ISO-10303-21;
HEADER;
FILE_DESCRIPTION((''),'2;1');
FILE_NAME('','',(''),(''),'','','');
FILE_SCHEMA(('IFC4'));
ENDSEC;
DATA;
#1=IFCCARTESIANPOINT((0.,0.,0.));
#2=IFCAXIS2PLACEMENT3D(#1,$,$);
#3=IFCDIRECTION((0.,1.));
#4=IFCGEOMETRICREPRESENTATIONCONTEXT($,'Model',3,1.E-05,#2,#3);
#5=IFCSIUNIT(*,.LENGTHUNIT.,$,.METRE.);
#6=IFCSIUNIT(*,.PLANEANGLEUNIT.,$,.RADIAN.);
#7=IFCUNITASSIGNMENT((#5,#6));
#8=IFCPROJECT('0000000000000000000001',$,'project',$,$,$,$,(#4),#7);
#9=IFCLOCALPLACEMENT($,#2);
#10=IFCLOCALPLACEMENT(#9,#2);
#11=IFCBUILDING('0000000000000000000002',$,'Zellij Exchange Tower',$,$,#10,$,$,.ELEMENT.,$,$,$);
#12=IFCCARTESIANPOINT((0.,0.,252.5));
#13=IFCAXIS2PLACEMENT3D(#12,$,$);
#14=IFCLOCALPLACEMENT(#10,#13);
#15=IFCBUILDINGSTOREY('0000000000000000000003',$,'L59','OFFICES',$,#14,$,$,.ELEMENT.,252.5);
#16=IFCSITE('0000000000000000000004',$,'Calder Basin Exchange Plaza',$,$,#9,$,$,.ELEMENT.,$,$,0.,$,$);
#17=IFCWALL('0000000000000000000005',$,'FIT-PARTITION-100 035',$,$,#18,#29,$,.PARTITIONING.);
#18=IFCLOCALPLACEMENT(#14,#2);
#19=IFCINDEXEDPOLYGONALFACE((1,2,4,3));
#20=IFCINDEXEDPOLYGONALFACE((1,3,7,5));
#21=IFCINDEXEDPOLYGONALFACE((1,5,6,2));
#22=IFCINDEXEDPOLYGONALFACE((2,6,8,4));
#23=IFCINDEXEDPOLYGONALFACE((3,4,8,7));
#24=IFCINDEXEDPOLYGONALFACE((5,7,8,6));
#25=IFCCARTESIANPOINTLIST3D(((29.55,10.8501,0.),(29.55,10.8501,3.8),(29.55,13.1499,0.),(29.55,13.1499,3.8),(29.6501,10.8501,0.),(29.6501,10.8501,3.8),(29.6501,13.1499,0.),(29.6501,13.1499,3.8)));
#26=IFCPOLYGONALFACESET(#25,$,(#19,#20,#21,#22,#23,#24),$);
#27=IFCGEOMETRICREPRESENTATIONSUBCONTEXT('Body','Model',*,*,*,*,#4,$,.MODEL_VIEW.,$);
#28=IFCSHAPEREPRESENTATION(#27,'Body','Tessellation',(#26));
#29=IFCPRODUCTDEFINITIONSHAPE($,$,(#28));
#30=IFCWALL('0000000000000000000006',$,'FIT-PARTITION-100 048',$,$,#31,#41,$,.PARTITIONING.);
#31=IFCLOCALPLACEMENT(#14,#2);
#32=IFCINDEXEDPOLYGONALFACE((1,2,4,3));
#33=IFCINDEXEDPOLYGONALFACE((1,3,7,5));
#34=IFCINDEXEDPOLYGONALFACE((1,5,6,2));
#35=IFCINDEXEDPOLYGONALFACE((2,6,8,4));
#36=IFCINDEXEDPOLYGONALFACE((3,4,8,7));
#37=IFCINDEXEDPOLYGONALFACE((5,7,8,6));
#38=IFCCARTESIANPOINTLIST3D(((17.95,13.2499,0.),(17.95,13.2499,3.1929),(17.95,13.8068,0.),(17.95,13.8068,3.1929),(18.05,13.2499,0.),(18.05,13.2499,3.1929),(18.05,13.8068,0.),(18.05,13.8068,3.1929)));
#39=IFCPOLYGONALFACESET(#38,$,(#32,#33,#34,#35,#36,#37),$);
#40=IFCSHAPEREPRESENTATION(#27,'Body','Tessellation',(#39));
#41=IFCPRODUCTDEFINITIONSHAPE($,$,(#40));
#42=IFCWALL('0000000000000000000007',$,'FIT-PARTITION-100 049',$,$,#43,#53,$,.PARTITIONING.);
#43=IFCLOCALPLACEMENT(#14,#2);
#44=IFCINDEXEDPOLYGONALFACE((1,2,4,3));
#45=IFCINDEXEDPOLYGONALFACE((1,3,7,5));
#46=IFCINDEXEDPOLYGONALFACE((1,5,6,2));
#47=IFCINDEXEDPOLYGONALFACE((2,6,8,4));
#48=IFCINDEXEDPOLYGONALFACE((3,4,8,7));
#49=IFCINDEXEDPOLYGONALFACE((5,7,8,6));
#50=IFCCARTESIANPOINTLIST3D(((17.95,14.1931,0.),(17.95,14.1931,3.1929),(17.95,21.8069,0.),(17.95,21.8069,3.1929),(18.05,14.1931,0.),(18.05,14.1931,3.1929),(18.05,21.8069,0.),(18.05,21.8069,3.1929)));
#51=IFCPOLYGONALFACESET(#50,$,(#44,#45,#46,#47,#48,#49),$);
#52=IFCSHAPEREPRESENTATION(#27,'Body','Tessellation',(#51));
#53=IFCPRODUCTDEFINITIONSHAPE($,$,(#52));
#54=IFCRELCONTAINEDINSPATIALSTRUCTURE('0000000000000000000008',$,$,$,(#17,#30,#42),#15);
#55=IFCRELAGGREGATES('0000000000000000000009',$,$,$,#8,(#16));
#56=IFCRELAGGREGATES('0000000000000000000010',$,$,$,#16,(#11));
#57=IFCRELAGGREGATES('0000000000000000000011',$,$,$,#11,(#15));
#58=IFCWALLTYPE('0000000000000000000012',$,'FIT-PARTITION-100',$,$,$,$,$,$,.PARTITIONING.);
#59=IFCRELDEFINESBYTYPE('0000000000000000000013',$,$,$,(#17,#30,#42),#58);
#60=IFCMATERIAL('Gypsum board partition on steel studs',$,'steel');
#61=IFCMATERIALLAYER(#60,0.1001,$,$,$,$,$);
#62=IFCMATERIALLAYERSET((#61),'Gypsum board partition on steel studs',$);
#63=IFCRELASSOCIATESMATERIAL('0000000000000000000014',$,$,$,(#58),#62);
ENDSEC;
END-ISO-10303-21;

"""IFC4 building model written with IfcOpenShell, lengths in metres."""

from ifc_helpers import new_model, si_unit, direction, frame, frame_2d, origin, place, context, subcontext, project, spatial, rectangle, extrude, material, layer, layer_set, type_object, element, save


model = new_model("IFC4")

# Units and contexts
model_context = context("Model", 3, precision=1e-05, world=origin(), true_north=direction((0.0, 1.0)))
body_context = subcontext(model_context, "Body", "Model", "MODEL_VIEW")
ifc_project = project(units=[si_unit("LENGTHUNIT", "METRE"), si_unit("PLANEANGLEUNIT", "RADIAN")], contexts=[model_context])

# Site, building, storey
site_placement = place(None, origin())
site = spatial("IfcSite", under=ifc_project, at=site_placement, Name="Calder Basin Exchange Plaza", CompositionType="ELEMENT", RefElevation=0.0)
building_placement = place(site_placement, origin())
building = spatial("IfcBuilding", under=site, at=building_placement, Name="Zellij Exchange Tower", CompositionType="ELEMENT")
storey_placement = place(building_placement, frame((0.0, 0.0, 252.5)))
storey = spatial("IfcBuildingStorey", under=building, at=storey_placement, Name="L59", Description="OFFICES", CompositionType="ELEMENT", Elevation=252.5)

# Walls
ifc_material_1 = material(Name="Gypsum board partition on steel studs", Category="steel")
ifc_layer = layer(ifc_material_1, 0.1001)
ifc_layer_set = layer_set([ifc_layer], Name="Gypsum board partition on steel studs")
wall_type = type_object("IfcWallType", Name="FIT-PARTITION-100", PredefinedType="PARTITIONING", material=ifc_layer_set)
wall_1_placement = place(storey_placement, frame((29.6001, 10.8501, 0.0), z_axis=(0.0, 0.0, 1.0), x_axis=(0.0, 1.0, 0.0)))
element("IfcWall", 1, at=wall_1_placement, inside=storey, type_object=wall_type, Name="FIT-PARTITION-100 035", PredefinedType="PARTITIONING", context=body_context, shape_type="SweptSolid", body=[
    extrude(rectangle(XDim=2.2998, YDim=0.1001, at=frame_2d((1.1499, 0.0))), origin(), (0.0, 0.0, 1.0), 3.8),
])
wall_2_placement = place(storey_placement, frame((18.0, 13.25, 0.0), z_axis=(0.0, 0.0, 1.0), x_axis=(0.0, 1.0, 0.0)))
element("IfcWall", 2, at=wall_2_placement, inside=storey, type_object=wall_type, Name="FIT-PARTITION-100 048", PredefinedType="PARTITIONING", context=body_context, shape_type="SweptSolid", body=[
    extrude(rectangle(XDim=0.5569, YDim=0.1001, at=frame_2d((0.2783, 0.0))), origin(), (0.0, 0.0, 1.0), 3.1929),
])
wall_3_placement = place(storey_placement, frame((18.0, 14.1931, 0.0), z_axis=(0.0, 0.0, 1.0), x_axis=(0.0, 1.0, 0.0)))
element("IfcWall", 3, at=wall_3_placement, inside=storey, type_object=wall_type, Name="FIT-PARTITION-100 049", PredefinedType="PARTITIONING", context=body_context, shape_type="SweptSolid", body=[
    extrude(rectangle(XDim=7.6138, YDim=0.1001, at=frame_2d((3.8069, 0.0))), origin(), (0.0, 0.0, 1.0), 3.1929),
])

save(model, "model.ifc")
